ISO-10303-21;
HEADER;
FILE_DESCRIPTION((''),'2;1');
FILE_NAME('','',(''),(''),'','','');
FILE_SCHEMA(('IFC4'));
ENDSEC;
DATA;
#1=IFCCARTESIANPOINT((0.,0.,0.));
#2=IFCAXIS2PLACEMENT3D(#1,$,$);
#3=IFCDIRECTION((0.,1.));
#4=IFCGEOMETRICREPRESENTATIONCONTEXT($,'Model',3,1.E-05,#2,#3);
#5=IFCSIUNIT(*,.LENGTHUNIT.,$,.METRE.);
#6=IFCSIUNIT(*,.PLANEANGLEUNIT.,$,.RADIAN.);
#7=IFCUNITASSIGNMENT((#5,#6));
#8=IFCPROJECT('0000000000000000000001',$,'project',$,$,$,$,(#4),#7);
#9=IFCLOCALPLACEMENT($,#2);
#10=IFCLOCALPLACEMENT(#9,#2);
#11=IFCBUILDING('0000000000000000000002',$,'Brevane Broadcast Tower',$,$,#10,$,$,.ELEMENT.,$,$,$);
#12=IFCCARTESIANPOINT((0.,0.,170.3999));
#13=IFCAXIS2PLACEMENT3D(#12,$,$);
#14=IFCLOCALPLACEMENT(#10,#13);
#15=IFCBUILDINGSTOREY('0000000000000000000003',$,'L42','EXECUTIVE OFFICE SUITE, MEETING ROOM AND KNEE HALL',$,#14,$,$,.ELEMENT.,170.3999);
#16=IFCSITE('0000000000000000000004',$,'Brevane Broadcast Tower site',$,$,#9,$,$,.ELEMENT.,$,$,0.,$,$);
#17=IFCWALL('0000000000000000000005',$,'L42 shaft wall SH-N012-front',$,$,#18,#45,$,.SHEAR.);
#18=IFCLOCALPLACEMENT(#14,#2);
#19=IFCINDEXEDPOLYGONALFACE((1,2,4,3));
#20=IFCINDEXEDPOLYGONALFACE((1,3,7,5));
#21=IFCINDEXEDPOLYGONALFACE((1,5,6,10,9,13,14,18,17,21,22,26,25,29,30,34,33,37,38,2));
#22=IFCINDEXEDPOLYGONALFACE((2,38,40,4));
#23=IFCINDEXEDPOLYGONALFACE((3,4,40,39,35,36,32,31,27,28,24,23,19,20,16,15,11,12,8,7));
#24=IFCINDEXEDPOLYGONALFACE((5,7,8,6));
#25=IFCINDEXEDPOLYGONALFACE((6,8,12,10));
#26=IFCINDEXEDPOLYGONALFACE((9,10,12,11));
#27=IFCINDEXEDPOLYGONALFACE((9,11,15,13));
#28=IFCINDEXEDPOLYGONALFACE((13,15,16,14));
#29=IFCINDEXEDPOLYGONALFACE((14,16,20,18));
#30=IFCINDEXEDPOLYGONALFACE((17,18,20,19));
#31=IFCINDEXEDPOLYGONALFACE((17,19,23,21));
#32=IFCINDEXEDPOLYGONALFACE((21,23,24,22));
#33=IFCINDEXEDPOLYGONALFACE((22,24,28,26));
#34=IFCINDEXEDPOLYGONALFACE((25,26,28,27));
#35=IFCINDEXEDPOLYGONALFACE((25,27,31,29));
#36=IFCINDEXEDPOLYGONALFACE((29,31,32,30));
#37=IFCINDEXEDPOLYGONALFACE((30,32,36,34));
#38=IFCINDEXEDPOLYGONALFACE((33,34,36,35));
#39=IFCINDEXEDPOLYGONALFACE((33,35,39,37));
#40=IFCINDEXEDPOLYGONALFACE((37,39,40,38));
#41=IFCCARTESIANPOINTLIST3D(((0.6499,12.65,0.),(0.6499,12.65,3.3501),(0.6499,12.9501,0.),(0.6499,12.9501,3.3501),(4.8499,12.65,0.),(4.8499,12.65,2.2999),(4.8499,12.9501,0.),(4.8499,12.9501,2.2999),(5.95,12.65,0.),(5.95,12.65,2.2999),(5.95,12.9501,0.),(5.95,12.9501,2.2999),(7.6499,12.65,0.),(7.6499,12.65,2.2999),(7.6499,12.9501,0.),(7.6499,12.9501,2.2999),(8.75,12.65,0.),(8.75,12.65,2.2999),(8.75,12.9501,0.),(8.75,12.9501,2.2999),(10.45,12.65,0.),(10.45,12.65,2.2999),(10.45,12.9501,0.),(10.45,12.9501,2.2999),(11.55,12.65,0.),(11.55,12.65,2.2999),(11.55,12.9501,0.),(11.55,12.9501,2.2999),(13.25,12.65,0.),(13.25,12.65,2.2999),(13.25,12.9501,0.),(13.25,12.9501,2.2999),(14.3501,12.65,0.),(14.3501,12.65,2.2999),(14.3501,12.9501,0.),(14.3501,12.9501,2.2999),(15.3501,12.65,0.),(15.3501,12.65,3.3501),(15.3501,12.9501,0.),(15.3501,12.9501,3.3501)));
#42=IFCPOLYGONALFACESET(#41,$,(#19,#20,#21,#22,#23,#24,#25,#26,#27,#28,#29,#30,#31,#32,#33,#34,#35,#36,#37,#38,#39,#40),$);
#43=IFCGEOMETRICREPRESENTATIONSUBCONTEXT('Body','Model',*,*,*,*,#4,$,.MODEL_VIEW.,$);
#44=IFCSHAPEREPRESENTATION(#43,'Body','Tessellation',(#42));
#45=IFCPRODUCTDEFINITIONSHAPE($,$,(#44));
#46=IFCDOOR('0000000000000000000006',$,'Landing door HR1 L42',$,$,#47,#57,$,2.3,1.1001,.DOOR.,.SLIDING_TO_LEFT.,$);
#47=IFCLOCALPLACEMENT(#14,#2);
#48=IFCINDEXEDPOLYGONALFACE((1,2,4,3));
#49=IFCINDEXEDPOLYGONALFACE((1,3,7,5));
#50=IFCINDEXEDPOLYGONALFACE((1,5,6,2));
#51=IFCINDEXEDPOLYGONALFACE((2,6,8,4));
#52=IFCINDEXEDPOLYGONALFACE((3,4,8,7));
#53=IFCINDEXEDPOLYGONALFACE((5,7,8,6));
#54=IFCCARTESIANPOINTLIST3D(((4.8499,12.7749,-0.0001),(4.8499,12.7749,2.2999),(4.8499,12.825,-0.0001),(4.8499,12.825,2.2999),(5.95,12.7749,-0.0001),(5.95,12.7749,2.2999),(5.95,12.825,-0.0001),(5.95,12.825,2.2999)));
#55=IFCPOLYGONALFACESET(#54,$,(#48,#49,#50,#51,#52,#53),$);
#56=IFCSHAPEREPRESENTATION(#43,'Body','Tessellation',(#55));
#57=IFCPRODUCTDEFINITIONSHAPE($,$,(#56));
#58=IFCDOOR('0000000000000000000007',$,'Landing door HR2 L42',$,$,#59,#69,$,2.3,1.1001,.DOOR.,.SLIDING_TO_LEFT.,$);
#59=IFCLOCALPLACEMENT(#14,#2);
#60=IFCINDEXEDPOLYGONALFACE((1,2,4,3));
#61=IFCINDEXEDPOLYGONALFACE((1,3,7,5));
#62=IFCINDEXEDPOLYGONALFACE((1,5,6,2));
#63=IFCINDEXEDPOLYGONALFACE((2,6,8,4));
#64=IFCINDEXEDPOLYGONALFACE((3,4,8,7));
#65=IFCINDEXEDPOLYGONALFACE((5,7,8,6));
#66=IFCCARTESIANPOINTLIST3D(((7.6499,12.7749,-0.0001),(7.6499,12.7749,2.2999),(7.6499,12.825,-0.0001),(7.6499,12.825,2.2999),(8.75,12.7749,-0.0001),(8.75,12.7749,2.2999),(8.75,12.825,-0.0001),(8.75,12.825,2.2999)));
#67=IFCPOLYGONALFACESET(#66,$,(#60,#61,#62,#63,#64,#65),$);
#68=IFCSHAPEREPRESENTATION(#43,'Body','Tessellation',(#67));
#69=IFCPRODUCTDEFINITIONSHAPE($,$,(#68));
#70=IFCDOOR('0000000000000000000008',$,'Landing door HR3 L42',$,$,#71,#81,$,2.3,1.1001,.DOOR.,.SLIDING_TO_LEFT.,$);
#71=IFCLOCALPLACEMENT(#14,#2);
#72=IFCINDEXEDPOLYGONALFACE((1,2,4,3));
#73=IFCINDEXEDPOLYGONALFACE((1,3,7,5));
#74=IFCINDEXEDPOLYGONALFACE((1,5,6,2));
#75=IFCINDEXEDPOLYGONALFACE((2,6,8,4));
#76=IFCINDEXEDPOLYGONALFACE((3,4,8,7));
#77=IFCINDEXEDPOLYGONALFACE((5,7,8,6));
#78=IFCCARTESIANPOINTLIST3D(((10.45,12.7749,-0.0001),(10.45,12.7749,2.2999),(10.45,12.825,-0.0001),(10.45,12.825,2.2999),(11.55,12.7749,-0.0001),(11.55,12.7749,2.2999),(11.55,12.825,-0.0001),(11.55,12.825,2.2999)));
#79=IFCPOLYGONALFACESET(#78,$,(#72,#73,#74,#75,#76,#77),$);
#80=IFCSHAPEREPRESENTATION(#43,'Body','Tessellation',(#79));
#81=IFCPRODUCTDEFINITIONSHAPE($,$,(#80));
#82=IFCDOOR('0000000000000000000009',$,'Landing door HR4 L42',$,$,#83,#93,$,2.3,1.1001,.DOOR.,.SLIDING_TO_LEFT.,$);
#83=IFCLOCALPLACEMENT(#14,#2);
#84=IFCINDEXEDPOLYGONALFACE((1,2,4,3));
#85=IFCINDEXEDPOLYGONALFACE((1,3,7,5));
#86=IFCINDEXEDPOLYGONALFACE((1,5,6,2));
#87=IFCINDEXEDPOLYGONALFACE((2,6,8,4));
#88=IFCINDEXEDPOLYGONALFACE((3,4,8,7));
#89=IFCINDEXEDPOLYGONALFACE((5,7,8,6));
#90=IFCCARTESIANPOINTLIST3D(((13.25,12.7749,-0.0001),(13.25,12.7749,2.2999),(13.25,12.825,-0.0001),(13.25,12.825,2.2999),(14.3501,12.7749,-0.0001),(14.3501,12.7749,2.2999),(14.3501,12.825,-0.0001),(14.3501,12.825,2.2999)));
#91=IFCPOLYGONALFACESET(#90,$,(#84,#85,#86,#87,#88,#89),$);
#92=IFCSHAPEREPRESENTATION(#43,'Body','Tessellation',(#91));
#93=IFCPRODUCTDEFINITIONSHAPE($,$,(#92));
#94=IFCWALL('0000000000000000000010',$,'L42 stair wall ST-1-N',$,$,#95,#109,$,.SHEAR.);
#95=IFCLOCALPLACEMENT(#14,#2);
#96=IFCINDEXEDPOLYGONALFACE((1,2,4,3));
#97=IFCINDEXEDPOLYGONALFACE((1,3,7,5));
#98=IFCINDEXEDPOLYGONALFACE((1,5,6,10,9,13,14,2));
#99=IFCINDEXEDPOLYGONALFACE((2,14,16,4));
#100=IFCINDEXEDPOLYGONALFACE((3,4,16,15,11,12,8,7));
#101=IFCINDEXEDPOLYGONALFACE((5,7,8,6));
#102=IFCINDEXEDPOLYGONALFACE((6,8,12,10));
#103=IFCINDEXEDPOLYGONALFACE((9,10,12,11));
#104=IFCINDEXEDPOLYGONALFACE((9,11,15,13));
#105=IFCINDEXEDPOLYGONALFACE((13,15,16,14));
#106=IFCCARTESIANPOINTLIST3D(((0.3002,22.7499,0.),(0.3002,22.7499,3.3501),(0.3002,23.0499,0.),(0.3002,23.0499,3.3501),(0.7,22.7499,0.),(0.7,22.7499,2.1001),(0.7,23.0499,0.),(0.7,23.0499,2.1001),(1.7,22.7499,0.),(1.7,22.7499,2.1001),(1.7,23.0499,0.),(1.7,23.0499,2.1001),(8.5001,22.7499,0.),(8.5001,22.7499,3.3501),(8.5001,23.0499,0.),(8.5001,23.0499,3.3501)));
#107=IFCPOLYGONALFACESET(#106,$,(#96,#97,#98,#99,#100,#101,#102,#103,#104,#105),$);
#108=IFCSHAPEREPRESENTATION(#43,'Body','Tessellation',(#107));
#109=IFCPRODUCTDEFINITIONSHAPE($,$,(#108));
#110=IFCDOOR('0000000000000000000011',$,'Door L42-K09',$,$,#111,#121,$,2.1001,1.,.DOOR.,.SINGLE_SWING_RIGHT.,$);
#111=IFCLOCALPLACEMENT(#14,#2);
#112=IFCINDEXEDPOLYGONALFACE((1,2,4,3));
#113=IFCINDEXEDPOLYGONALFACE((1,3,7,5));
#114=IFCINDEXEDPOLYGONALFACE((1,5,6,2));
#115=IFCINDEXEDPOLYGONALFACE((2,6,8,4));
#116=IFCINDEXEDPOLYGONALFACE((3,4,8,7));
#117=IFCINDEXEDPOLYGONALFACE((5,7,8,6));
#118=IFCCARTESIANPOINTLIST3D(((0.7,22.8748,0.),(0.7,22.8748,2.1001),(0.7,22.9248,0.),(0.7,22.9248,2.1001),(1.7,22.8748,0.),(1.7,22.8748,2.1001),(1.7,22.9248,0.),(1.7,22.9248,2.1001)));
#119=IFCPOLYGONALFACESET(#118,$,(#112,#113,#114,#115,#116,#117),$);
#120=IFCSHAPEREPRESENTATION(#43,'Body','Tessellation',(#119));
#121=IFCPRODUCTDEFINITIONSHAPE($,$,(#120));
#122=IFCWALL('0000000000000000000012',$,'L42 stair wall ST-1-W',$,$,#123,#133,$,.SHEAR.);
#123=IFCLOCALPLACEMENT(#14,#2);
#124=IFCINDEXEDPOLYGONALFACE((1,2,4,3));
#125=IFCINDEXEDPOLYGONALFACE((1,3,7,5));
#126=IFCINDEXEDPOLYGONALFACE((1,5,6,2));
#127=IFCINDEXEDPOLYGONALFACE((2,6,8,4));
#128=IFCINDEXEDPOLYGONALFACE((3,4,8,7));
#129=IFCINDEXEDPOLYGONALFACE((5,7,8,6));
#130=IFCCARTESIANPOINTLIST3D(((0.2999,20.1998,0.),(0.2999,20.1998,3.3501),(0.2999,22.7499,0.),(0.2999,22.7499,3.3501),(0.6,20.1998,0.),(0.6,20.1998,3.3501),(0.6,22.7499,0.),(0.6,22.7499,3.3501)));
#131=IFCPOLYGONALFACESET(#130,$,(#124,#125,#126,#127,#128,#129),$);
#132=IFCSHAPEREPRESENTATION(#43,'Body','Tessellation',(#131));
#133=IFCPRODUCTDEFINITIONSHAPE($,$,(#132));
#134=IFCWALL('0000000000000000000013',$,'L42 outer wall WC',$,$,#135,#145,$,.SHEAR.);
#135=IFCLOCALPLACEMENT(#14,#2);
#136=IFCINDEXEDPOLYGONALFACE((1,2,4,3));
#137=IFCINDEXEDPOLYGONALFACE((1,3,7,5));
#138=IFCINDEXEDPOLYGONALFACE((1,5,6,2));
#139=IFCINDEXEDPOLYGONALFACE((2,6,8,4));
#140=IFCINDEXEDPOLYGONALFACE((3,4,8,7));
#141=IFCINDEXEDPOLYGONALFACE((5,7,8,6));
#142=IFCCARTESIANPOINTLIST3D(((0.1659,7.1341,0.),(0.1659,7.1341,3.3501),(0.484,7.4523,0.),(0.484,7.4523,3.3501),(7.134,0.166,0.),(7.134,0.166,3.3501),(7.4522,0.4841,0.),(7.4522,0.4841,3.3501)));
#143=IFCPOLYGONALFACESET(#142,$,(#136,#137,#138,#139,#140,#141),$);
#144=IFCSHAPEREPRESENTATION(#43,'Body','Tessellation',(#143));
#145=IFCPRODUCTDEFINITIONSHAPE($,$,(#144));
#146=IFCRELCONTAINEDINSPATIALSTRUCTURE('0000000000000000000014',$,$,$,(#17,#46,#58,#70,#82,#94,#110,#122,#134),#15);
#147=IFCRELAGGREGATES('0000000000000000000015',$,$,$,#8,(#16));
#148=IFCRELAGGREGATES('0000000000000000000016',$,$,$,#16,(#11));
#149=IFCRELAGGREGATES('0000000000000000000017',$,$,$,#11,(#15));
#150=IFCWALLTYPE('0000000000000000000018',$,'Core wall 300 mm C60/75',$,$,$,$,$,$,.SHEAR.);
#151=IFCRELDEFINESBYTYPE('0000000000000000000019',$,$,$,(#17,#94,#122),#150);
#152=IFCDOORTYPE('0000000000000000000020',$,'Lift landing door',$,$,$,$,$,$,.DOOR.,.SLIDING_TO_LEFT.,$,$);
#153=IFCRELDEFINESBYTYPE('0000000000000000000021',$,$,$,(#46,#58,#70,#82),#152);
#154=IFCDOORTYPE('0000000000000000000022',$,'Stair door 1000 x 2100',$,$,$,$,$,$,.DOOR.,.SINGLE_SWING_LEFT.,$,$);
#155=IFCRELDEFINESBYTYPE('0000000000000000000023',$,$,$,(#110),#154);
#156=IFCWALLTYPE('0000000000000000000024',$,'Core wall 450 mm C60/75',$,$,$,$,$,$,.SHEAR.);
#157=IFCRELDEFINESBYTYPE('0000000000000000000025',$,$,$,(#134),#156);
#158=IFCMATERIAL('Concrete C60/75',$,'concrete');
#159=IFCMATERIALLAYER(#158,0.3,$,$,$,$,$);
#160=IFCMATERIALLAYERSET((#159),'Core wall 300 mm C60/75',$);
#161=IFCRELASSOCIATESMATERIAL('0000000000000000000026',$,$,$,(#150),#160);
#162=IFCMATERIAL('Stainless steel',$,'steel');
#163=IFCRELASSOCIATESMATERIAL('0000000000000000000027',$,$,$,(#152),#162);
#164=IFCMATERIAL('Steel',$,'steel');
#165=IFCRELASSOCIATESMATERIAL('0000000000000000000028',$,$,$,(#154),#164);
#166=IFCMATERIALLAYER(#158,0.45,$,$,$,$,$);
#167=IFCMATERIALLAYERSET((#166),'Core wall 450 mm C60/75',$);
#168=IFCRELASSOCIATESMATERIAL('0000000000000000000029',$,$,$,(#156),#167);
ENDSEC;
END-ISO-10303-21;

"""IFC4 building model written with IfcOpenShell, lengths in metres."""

from ifc_helpers import new_model, si_unit, direction, frame, frame_2d, origin, place, context, subcontext, project, spatial, rectangle, extrude, material, layer, layer_set, type_object, element, fill, save


model = new_model("IFC4")

# Units and contexts
model_context = context("Model", 3, precision=1e-05, world=origin(), true_north=direction((0.0, 1.0)))
body_context = subcontext(model_context, "Body", "Model", "MODEL_VIEW")
ifc_project = project(units=[si_unit("LENGTHUNIT", "METRE"), si_unit("PLANEANGLEUNIT", "RADIAN")], contexts=[model_context])

# Site, building, storey
site_placement = place(None, origin())
site = spatial("IfcSite", under=ifc_project, at=site_placement, Name="Brevane Broadcast Tower site", CompositionType="ELEMENT", RefElevation=0.0)
building_placement = place(site_placement, origin())
building = spatial("IfcBuilding", under=site, at=building_placement, Name="Brevane Broadcast Tower", CompositionType="ELEMENT")
storey_placement = place(building_placement, frame((0.0, 0.0, 170.3999)))
storey = spatial("IfcBuildingStorey", under=building, at=storey_placement, Name="L42", Description="EXECUTIVE OFFICE SUITE, MEETING ROOM AND KNEE HALL", CompositionType="ELEMENT", Elevation=170.3999)

# Shared definitions
ifc_material_1 = material(Name="Concrete C60/75", Category="concrete")

# Wall, openings, doors
ifc_layer_1 = layer(ifc_material_1, 0.3)
ifc_layer_set_1 = layer_set([ifc_layer_1], Name="Core wall 300 mm C60/75")
wall_type_1 = type_object("IfcWallType", Name="Core wall 300 mm C60/75", PredefinedType="SHEAR", material=ifc_layer_set_1)
wall_1_placement = place(storey_placement, frame((0.6499, 12.8, 0.0), z_axis=(0.0, 0.0, 1.0), x_axis=(1.0, 0.0, 0.0)))
wall_1 = element("IfcWall", 1, at=wall_1_placement, inside=storey, type_object=wall_type_1, Name="L42 shaft wall SH-N012-front", PredefinedType="SHEAR", context=body_context, shape_type="SweptSolid", body=[
    extrude(rectangle(XDim=14.7002, YDim=0.3, at=frame_2d((7.3501, 0.0))), origin(), (0.0, 0.0, 1.0), 3.3501),
])
opening_1_placement = place(wall_1_placement, frame((4.2, 0.0, 0.0)))
opening_1 = element("IfcOpeningElement", 2, at=opening_1_placement, cuts=wall_1, PredefinedType="OPENING", context=body_context, shape_type="SweptSolid", body=[
    extrude(rectangle(XDim=1.1001, YDim=2.3, at=frame_2d((0.55, 1.1499))), frame((0.0, 0.1599, 0.0), z_axis=(0.0, -1.0, 0.0), x_axis=(1.0, 0.0, 0.0)), (0.0, 0.0, 1.0), 0.3201),
])
opening_2_placement = place(wall_1_placement, frame((7.0, 0.0, 0.0)))
opening_2 = element("IfcOpeningElement", 3, at=opening_2_placement, cuts=wall_1, PredefinedType="OPENING", context=body_context, shape_type="SweptSolid", body=[
    extrude(rectangle(XDim=1.1001, YDim=2.3, at=frame_2d((0.55, 1.1499))), frame((0.0, 0.1599, 0.0), z_axis=(0.0, -1.0, 0.0), x_axis=(1.0, 0.0, 0.0)), (0.0, 0.0, 1.0), 0.3201),
])
opening_3_placement = place(wall_1_placement, frame((9.8, 0.0, 0.0)))
opening_3 = element("IfcOpeningElement", 4, at=opening_3_placement, cuts=wall_1, PredefinedType="OPENING", context=body_context, shape_type="SweptSolid", body=[
    extrude(rectangle(XDim=1.1001, YDim=2.3, at=frame_2d((0.55, 1.1499))), frame((0.0, 0.1599, 0.0), z_axis=(0.0, -1.0, 0.0), x_axis=(1.0, 0.0, 0.0)), (0.0, 0.0, 1.0), 0.3201),
])
opening_4_placement = place(wall_1_placement, frame((12.6001, 0.0, 0.0)))
opening_4 = element("IfcOpeningElement", 5, at=opening_4_placement, cuts=wall_1, PredefinedType="OPENING", context=body_context, shape_type="SweptSolid", body=[
    extrude(rectangle(XDim=1.1001, YDim=2.3, at=frame_2d((0.55, 1.1499))), frame((0.0, 0.1599, 0.0), z_axis=(0.0, -1.0, 0.0), x_axis=(1.0, 0.0, 0.0)), (0.0, 0.0, 1.0), 0.3201),
])
ifc_material_2 = material(Name="Stainless steel", Category="steel")
door_type_1 = type_object("IfcDoorType", Name="Lift landing door", OperationType="SLIDING_TO_LEFT", PredefinedType="DOOR", material=ifc_material_2)
door_1_placement = place(opening_1_placement, origin())
door_1 = element("IfcDoor", 6, at=door_1_placement, inside=storey, type_object=door_type_1, Name="Landing door HR1 L42", OperationType="SLIDING_TO_LEFT", OverallHeight=2.3, OverallWidth=1.1001, PredefinedType="DOOR", context=body_context, shape_type="SweptSolid", body=[
    extrude(rectangle(XDim=1.1001, YDim=2.3, at=frame_2d((0.55, 1.1499))), frame((0.0, 0.0249, 0.0), z_axis=(0.0, -1.0, 0.0), x_axis=(1.0, 0.0, 0.0)), (0.0, 0.0, 1.0), 0.05),
])
fill(opening_1, door_1)
door_2_placement = place(opening_2_placement, origin())
door_2 = element("IfcDoor", 7, at=door_2_placement, inside=storey, type_object=door_type_1, Name="Landing door HR2 L42", OperationType="SLIDING_TO_LEFT", OverallHeight=2.3, OverallWidth=1.1001, PredefinedType="DOOR", context=body_context, shape_type="SweptSolid", body=[
    extrude(rectangle(XDim=1.1001, YDim=2.3, at=frame_2d((0.55, 1.1499))), frame((0.0, 0.0249, 0.0), z_axis=(0.0, -1.0, 0.0), x_axis=(1.0, 0.0, 0.0)), (0.0, 0.0, 1.0), 0.05),
])
fill(opening_2, door_2)
door_3_placement = place(opening_3_placement, origin())
door_3 = element("IfcDoor", 8, at=door_3_placement, inside=storey, type_object=door_type_1, Name="Landing door HR3 L42", OperationType="SLIDING_TO_LEFT", OverallHeight=2.3, OverallWidth=1.1001, PredefinedType="DOOR", context=body_context, shape_type="SweptSolid", body=[
    extrude(rectangle(XDim=1.1001, YDim=2.3, at=frame_2d((0.55, 1.1499))), frame((0.0, 0.0249, 0.0), z_axis=(0.0, -1.0, 0.0), x_axis=(1.0, 0.0, 0.0)), (0.0, 0.0, 1.0), 0.05),
])
fill(opening_3, door_3)
door_4_placement = place(opening_4_placement, origin())
door_4 = element("IfcDoor", 9, at=door_4_placement, inside=storey, type_object=door_type_1, Name="Landing door HR4 L42", OperationType="SLIDING_TO_LEFT", OverallHeight=2.3, OverallWidth=1.1001, PredefinedType="DOOR", context=body_context, shape_type="SweptSolid", body=[
    extrude(rectangle(XDim=1.1001, YDim=2.3, at=frame_2d((0.55, 1.1499))), frame((0.0, 0.0249, 0.0), z_axis=(0.0, -1.0, 0.0), x_axis=(1.0, 0.0, 0.0)), (0.0, 0.0, 1.0), 0.05),
])
fill(opening_4, door_4)

# Wall, opening, door
wall_2_placement = place(storey_placement, frame((0.3, 22.8999, 0.0), z_axis=(0.0, 0.0, 1.0), x_axis=(1.0, 0.0, 0.0)))
wall_2 = element("IfcWall", 10, at=wall_2_placement, inside=storey, type_object=wall_type_1, Name="L42 stair wall ST-1-N", PredefinedType="SHEAR", context=body_context, shape_type="SweptSolid", body=[
    extrude(rectangle(XDim=8.2, YDim=0.3, at=frame_2d((4.1001, 0.0))), origin(), (0.0, 0.0, 1.0), 3.3501),
])
opening_5_placement = place(wall_2_placement, frame((0.3999, 0.0, 0.0)))
opening_5 = element("IfcOpeningElement", 11, at=opening_5_placement, cuts=wall_2, PredefinedType="OPENING", context=body_context, shape_type="SweptSolid", body=[
    extrude(rectangle(XDim=1.0, YDim=2.1001, at=frame_2d((0.5, 1.05))), frame((0.0, 0.1599, 0.0), z_axis=(0.0, -1.0, 0.0), x_axis=(1.0, 0.0, 0.0)), (0.0, 0.0, 1.0), 0.3201),
])
ifc_material_3 = material(Name="Steel", Category="steel")
door_type_2 = type_object("IfcDoorType", Name="Stair door 1000 x 2100", OperationType="SINGLE_SWING_LEFT", PredefinedType="DOOR", material=ifc_material_3)
door_5_placement = place(opening_5_placement, origin())
door_5 = element("IfcDoor", 12, at=door_5_placement, inside=storey, type_object=door_type_2, Name="Door L42-K09", OperationType="SINGLE_SWING_RIGHT", OverallHeight=2.1001, OverallWidth=1.0, PredefinedType="DOOR", context=body_context, shape_type="SweptSolid", body=[
    extrude(rectangle(XDim=1.0, YDim=2.1001, at=frame_2d((0.5, 1.05))), frame((0.0, 0.0249, 0.0), z_axis=(0.0, -1.0, 0.0), x_axis=(1.0, 0.0, 0.0)), (0.0, 0.0, 1.0), 0.05),
])
fill(opening_5, door_5)

# Walls
wall_3_placement = place(storey_placement, frame((0.45, 20.2, 0.0), z_axis=(0.0, 0.0, 1.0), x_axis=(0.0, 1.0, 0.0)))
element("IfcWall", 13, at=wall_3_placement, inside=storey, type_object=wall_type_1, Name="L42 stair wall ST-1-W", PredefinedType="SHEAR", context=body_context, shape_type="SweptSolid", body=[
    extrude(rectangle(XDim=2.55, YDim=0.3, at=frame_2d((1.2749, 0.0))), origin(), (0.0, 0.0, 1.0), 3.3501),
])
ifc_layer_2 = layer(ifc_material_1, 0.45)
ifc_layer_set_2 = layer_set([ifc_layer_2], Name="Core wall 450 mm C60/75")
wall_type_2 = type_object("IfcWallType", Name="Core wall 450 mm C60/75", PredefinedType="SHEAR", material=ifc_layer_set_2)
wall_4_placement = place(storey_placement, frame((0.325, 7.2932, 0.0), z_axis=(0.0, 0.0, 1.0), x_axis=(0.707107, -0.707107, 0.0)))
element("IfcWall", 14, at=wall_4_placement, inside=storey, type_object=wall_type_2, Name="L42 outer wall WC", PredefinedType="SHEAR", context=body_context, shape_type="SweptSolid", body=[
    extrude(rectangle(XDim=9.8545, YDim=0.45, at=frame_2d((4.9272, 0.0))), origin(), (0.0, 0.0, 1.0), 3.3501),
])

save(model, "model.ifc")
